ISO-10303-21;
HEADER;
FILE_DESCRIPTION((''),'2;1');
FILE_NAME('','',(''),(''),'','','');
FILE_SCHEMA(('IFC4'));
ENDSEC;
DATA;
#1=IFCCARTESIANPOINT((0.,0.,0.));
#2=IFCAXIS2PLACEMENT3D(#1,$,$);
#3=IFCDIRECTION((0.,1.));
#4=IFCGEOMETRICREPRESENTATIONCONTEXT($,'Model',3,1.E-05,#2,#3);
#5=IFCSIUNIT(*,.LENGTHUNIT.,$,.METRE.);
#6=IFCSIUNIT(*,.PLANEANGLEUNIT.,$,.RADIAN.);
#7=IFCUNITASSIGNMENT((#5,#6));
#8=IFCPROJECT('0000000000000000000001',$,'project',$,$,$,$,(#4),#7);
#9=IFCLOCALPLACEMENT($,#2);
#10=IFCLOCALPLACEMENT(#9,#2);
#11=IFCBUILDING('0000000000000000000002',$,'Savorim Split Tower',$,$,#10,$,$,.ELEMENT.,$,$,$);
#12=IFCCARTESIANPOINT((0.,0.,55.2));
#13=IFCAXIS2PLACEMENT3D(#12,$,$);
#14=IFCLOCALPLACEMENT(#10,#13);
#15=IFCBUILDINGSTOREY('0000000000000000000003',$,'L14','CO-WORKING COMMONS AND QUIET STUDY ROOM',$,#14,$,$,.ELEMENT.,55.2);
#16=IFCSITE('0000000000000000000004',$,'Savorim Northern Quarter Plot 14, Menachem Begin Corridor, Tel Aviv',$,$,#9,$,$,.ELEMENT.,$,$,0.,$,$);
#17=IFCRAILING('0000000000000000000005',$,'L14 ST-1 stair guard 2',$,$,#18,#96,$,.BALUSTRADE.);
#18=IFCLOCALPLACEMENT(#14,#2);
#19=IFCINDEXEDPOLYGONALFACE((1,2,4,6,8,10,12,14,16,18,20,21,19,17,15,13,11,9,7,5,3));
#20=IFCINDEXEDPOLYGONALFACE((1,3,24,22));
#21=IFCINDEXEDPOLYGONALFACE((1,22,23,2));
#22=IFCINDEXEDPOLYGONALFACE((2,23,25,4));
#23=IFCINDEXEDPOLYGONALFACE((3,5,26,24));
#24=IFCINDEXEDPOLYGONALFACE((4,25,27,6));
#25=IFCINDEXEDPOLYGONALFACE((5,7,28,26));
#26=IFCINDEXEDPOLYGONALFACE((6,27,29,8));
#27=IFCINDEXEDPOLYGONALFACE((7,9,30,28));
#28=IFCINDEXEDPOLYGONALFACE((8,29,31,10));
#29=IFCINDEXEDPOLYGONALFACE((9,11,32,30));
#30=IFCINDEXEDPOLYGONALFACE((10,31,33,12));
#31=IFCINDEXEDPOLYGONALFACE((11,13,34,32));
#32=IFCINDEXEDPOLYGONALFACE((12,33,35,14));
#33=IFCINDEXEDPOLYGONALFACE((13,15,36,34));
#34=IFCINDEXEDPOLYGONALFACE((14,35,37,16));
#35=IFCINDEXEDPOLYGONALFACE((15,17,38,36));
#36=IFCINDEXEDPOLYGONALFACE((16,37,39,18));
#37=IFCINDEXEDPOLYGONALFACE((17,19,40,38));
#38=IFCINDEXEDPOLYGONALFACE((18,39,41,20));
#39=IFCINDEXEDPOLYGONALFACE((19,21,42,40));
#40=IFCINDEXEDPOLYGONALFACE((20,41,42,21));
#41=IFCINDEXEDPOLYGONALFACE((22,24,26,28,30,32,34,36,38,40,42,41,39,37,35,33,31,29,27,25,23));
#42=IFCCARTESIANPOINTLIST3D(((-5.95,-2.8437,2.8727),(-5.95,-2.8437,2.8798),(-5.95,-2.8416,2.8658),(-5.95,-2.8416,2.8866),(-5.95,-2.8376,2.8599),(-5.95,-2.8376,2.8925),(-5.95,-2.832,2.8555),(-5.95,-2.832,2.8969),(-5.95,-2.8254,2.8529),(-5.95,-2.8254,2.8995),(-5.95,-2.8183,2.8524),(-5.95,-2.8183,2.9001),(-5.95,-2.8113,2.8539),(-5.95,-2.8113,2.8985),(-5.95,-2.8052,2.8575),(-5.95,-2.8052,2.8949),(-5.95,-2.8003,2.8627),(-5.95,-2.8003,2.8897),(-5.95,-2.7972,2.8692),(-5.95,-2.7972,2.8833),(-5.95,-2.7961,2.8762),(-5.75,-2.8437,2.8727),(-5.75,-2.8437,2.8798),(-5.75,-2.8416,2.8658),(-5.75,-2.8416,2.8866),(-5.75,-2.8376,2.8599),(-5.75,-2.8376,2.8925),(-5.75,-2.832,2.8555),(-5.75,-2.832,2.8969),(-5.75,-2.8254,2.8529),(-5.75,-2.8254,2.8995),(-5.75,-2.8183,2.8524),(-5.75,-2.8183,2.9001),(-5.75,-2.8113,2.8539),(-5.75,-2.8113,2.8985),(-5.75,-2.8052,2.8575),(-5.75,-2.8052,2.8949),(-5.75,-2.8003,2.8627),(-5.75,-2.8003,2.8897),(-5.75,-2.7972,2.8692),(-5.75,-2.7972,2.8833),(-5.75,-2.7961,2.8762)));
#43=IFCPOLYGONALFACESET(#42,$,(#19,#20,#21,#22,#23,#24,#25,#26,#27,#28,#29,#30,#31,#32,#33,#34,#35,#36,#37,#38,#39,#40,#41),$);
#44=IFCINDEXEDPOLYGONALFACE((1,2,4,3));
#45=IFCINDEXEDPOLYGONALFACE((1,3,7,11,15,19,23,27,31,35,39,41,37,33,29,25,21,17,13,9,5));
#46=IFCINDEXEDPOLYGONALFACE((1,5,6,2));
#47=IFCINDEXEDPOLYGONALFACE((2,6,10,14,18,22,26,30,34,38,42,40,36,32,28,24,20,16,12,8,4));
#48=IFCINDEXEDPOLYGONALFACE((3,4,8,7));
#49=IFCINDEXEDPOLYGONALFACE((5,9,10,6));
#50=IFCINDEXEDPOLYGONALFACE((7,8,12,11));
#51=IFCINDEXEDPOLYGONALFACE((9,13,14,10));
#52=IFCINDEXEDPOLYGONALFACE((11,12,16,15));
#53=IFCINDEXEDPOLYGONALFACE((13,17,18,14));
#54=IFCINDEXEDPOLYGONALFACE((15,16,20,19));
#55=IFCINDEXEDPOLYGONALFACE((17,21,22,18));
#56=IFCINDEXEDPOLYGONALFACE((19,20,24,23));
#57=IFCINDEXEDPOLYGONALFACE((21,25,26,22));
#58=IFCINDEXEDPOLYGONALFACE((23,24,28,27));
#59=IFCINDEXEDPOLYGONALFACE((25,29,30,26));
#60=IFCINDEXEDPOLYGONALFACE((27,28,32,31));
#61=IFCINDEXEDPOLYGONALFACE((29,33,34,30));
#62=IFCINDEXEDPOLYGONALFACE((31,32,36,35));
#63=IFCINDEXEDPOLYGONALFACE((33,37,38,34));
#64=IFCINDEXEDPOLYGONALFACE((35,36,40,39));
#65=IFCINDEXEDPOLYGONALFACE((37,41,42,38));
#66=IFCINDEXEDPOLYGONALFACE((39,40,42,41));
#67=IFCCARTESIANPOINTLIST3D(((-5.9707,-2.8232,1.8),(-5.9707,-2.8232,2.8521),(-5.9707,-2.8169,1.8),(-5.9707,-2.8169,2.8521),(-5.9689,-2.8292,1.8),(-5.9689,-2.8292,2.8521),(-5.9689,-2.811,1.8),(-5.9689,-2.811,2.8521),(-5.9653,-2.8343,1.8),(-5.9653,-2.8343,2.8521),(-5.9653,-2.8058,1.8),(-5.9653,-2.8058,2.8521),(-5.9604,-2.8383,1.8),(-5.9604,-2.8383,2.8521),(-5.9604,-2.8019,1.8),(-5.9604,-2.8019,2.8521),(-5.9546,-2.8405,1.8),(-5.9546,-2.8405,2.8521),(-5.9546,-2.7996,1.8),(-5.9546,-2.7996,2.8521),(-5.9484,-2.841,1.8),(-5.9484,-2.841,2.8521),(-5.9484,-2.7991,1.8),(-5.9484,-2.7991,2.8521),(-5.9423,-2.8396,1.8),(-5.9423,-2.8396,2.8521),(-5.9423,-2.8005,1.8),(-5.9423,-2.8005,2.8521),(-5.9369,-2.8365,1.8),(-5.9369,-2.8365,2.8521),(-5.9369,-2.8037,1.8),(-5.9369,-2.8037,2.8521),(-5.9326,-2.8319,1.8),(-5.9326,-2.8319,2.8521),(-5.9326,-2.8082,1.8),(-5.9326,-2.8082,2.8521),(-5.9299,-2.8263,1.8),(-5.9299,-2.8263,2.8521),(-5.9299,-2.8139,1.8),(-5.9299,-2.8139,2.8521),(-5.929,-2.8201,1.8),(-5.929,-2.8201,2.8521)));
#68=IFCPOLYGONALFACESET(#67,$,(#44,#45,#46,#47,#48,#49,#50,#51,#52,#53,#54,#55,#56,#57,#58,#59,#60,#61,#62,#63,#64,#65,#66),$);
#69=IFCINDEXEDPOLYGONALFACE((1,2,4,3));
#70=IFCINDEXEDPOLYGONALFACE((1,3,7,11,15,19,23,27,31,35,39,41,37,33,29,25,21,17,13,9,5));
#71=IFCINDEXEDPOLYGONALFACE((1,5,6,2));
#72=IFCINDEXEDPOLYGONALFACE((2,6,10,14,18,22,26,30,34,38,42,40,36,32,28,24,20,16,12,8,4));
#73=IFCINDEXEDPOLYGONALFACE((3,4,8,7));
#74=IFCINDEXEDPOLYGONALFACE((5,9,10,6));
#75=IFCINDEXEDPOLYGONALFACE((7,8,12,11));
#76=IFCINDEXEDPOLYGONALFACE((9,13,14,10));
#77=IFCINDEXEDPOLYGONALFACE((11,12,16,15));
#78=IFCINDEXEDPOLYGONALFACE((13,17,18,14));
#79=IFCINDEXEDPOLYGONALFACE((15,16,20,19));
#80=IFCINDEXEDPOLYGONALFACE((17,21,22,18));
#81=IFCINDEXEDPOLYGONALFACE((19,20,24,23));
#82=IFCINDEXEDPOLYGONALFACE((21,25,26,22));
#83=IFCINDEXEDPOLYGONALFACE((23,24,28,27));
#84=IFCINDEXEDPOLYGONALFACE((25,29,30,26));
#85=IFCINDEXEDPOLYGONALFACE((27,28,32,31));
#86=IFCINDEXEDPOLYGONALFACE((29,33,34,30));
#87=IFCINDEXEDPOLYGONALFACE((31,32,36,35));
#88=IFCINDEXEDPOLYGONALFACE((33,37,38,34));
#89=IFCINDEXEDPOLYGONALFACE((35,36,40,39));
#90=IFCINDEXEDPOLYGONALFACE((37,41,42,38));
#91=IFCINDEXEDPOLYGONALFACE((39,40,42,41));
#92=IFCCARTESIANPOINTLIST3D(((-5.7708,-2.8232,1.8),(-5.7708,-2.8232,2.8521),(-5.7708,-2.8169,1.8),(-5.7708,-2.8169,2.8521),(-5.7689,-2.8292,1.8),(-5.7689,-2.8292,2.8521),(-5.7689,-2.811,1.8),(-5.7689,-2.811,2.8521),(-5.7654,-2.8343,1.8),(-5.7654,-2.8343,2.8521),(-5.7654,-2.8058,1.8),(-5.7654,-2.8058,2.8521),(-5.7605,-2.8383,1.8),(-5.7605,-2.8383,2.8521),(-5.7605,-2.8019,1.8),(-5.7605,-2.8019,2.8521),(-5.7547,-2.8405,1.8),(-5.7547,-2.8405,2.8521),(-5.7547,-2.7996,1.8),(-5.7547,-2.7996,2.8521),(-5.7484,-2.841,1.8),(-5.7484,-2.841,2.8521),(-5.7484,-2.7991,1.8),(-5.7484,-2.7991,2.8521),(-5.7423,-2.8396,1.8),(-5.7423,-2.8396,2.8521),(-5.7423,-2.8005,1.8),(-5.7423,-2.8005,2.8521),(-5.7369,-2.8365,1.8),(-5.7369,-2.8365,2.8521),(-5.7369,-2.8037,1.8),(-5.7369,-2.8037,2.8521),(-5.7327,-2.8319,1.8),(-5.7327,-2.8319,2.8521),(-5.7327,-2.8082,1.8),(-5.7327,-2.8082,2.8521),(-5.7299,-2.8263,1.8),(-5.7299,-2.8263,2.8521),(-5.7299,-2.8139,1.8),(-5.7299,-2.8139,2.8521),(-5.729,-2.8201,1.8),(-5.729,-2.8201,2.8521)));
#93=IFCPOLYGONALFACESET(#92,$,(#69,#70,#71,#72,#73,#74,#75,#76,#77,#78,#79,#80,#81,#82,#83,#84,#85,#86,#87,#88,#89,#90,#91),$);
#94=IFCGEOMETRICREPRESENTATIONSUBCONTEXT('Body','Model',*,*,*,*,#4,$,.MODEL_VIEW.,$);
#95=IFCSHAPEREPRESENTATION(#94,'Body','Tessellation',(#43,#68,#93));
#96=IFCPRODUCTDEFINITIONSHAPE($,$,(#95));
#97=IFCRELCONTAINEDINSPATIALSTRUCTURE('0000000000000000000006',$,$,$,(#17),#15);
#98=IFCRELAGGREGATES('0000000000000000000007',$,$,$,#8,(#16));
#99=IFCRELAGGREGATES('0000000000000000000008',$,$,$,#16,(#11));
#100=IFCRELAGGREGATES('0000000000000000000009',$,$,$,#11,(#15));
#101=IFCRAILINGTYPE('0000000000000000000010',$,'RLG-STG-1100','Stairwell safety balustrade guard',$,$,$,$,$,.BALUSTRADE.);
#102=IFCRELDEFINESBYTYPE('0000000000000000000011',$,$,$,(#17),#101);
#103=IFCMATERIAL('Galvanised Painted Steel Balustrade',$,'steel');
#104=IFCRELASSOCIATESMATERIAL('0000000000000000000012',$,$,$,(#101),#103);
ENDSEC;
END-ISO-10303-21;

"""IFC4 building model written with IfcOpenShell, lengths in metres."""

from ifc_helpers import new_model, si_unit, direction, frame, origin, origin_2d, place, context, subcontext, project, spatial, circle, extrude, material, type_object, element, save


model = new_model("IFC4")

# Units and contexts
model_context = context("Model", 3, precision=1e-05, world=origin(), true_north=direction((0.0, 1.0)))
body_context = subcontext(model_context, "Body", "Model", "MODEL_VIEW")
ifc_project = project(units=[si_unit("LENGTHUNIT", "METRE"), si_unit("PLANEANGLEUNIT", "RADIAN")], contexts=[model_context])

# Site, building, storey
site_placement = place(None, origin())
site = spatial("IfcSite", under=ifc_project, at=site_placement, Name="Savorim Northern Quarter Plot 14, Menachem Begin Corridor, Tel Aviv", CompositionType="ELEMENT", RefElevation=0.0)
building_placement = place(site_placement, origin())
building = spatial("IfcBuilding", under=site, at=building_placement, Name="Savorim Split Tower", CompositionType="ELEMENT")
storey_placement = place(building_placement, frame((0.0, 0.0, 55.2)))
storey = spatial("IfcBuildingStorey", under=building, at=storey_placement, Name="L14", Description="CO-WORKING COMMONS AND QUIET STUDY ROOM", CompositionType="ELEMENT", Elevation=55.2)

# Railing
ifc_material_1 = material(Name="Galvanised Painted Steel Balustrade", Category="steel")
railing_type_1 = type_object("IfcRailingType", Name="RLG-STG-1100", Description="Stairwell safety balustrade guard", PredefinedType="BALUSTRADE", material=ifc_material_1)
railing_1_placement = place(storey_placement, frame((-5.95, -2.8201, 1.8)))
element("IfcRailing", 1, at=railing_1_placement, inside=storey, type_object=railing_type_1, Name="L14 ST-1 stair guard 2", PredefinedType="BALUSTRADE", context=body_context, shape_type="SweptSolid", body=[
    extrude(circle(Radius=0.0239, at=origin_2d()), frame((0.0, 0.0, 1.0762), z_axis=(1.0, 0.0, 0.0), x_axis=(0.0, 1.0, 0.0)), (0.0, 0.0, 1.0), 0.2),
    extrude(circle(Radius=0.021, at=origin_2d()), origin(), (0.0, 0.0, 1.0), 1.052),
    extrude(circle(Radius=0.021, at=origin_2d()), frame((0.2, 0.0, 0.0)), (0.0, 0.0, 1.0), 1.052),
])

save(model, "model.ifc")
